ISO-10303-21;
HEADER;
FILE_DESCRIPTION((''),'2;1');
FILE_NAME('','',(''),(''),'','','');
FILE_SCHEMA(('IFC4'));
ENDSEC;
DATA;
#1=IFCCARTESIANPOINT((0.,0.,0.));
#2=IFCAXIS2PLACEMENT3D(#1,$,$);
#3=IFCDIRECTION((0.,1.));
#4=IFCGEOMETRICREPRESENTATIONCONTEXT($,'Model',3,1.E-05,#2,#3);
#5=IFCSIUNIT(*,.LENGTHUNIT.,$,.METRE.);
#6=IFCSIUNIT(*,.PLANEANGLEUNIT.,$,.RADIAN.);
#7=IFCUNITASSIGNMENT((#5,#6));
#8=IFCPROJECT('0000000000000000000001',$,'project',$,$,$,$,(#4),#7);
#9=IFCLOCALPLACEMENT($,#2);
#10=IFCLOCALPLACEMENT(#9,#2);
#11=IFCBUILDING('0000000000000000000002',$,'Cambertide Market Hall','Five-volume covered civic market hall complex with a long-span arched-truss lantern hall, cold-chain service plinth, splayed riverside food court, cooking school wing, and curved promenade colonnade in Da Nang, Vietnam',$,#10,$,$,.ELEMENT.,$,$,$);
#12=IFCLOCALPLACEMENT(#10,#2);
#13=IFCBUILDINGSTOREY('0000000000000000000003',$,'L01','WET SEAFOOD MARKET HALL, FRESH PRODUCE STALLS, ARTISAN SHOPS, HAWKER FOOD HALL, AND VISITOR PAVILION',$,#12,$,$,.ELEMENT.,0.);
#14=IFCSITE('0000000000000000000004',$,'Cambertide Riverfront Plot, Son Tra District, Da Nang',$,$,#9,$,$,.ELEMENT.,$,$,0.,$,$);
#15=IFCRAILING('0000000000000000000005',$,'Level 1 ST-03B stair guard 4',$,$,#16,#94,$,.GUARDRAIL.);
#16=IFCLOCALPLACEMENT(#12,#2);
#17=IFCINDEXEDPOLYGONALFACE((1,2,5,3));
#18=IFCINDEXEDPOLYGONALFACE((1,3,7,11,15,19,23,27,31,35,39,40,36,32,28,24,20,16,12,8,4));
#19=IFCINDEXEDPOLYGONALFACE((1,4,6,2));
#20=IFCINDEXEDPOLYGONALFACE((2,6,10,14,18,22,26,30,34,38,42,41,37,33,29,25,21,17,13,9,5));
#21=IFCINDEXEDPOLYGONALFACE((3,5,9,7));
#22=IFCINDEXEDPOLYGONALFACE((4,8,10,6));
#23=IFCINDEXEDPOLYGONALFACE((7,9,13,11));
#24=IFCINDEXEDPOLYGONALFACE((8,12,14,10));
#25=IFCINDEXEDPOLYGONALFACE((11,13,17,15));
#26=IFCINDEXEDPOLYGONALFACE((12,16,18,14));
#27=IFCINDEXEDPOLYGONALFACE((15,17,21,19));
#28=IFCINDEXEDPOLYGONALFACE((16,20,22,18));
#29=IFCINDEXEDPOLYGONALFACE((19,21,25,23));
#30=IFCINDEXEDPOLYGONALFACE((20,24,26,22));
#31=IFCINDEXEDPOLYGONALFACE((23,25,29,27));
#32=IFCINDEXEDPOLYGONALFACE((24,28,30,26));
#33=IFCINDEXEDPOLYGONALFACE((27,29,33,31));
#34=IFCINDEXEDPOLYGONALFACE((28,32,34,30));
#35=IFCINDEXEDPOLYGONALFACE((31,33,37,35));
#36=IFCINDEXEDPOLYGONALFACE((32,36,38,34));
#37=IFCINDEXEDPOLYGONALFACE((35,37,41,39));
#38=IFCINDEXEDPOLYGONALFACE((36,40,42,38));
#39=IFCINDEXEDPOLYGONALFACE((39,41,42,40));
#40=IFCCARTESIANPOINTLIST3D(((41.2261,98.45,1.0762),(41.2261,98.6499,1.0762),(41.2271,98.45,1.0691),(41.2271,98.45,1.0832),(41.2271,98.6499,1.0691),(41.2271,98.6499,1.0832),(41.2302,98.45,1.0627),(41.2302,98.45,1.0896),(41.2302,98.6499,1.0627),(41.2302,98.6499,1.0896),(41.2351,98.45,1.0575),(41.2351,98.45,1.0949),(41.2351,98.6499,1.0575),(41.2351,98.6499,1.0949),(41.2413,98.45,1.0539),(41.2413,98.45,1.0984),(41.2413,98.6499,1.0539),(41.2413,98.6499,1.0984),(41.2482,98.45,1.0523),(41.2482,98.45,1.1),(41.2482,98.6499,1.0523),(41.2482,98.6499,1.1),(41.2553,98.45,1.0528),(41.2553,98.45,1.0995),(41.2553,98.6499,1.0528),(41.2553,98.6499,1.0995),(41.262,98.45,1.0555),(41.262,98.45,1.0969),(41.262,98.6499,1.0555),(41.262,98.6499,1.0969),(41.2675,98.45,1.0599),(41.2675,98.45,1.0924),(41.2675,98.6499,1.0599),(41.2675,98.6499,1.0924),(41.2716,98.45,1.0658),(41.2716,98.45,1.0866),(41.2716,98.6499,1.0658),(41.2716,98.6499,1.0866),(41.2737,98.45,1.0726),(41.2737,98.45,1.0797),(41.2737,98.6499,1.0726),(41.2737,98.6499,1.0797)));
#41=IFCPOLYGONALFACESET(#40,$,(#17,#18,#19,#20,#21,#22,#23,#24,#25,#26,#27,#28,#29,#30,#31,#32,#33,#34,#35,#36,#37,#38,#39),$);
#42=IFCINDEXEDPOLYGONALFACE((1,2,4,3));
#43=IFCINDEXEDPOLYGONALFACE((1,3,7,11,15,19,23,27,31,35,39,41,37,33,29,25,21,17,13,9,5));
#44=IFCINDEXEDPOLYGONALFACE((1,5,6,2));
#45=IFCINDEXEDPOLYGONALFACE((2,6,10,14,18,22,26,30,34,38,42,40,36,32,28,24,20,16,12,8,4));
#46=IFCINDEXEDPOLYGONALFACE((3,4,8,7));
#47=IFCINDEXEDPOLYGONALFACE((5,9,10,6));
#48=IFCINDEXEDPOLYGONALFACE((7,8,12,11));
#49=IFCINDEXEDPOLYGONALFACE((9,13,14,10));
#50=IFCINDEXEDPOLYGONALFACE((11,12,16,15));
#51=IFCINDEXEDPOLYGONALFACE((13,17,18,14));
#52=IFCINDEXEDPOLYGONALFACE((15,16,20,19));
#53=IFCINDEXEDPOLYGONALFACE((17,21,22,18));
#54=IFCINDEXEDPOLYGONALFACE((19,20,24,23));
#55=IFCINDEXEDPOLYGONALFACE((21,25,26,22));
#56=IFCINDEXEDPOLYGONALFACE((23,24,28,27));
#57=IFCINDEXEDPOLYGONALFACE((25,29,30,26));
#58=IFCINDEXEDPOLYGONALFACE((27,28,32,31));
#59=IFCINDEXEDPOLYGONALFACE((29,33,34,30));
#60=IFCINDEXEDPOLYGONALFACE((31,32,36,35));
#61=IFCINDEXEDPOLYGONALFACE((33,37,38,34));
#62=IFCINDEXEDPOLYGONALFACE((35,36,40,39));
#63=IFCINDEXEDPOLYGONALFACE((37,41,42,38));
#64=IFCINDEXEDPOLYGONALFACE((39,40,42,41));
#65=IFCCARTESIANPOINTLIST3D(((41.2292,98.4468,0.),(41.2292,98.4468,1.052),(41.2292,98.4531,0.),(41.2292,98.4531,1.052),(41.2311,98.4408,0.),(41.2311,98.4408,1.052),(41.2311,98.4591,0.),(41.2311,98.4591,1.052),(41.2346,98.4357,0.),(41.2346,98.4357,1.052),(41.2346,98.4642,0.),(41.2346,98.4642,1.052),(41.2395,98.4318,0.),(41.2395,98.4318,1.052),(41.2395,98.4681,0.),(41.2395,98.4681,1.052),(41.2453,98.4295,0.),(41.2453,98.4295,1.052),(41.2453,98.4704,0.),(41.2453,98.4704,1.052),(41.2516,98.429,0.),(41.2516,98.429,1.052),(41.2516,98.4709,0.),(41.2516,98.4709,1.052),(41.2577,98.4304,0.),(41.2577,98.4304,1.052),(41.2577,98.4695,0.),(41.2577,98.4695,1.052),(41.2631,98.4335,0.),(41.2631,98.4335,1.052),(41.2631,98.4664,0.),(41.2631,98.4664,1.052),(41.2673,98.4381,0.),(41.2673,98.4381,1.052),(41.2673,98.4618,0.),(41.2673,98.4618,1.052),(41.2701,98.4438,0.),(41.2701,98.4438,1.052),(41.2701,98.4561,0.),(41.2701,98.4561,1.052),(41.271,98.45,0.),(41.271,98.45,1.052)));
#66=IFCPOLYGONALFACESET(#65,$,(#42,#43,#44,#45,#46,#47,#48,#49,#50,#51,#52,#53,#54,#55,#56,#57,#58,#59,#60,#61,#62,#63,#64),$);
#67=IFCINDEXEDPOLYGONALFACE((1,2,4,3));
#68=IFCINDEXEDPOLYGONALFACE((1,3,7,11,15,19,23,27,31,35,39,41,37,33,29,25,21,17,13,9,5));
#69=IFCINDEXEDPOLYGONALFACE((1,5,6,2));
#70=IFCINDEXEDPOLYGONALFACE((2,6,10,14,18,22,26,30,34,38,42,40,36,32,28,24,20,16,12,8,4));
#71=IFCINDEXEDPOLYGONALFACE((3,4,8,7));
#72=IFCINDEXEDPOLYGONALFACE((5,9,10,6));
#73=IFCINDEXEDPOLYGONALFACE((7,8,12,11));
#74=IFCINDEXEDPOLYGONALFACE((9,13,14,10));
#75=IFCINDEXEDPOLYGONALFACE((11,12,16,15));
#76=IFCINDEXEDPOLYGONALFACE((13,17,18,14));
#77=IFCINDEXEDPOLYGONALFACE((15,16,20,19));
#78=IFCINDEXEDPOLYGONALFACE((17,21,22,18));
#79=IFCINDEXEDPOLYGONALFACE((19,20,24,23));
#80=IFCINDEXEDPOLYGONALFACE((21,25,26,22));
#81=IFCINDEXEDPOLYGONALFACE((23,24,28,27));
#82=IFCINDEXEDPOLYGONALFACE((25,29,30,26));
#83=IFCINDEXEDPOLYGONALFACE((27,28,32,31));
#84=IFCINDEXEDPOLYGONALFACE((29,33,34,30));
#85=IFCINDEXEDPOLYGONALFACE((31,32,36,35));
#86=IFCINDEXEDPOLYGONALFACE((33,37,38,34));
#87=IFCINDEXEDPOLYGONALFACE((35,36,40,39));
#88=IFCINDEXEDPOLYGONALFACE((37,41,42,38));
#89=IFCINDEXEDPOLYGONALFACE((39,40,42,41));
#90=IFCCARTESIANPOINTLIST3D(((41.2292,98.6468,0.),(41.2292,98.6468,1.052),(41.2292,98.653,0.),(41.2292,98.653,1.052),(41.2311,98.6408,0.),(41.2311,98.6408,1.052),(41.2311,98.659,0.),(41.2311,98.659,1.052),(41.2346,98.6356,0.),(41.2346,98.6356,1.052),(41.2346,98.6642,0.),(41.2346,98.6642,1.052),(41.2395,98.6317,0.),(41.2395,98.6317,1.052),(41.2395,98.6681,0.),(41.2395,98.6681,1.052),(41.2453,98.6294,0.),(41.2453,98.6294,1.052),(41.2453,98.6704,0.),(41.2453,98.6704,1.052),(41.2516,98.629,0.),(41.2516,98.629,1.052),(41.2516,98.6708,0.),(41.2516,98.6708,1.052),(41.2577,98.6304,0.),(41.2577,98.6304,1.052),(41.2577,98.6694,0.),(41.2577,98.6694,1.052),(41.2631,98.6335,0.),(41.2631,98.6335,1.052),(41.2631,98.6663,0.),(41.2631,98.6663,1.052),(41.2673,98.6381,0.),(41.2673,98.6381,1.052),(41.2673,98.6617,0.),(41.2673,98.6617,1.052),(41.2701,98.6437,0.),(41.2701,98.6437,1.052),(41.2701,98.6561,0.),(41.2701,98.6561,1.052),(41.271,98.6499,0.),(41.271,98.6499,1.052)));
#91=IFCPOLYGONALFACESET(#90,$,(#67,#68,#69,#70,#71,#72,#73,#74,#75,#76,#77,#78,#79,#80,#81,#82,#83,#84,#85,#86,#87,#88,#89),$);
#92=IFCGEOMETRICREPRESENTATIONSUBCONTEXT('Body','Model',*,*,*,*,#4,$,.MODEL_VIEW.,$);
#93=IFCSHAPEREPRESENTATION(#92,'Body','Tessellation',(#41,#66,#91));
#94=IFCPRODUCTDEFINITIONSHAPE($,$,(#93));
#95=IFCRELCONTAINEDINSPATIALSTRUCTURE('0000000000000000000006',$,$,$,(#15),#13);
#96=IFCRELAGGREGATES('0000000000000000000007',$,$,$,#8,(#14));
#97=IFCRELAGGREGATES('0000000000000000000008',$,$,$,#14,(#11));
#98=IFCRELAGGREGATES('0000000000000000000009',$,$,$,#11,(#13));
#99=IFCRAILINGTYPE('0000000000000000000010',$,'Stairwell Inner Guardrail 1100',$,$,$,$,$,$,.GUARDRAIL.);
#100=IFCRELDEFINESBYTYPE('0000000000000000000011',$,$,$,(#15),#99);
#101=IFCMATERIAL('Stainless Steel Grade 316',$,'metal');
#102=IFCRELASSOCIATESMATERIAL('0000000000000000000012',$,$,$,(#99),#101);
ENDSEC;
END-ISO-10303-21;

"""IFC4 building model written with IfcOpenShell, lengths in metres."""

from ifc_helpers import new_model, si_unit, direction, frame, origin, origin_2d, place, context, subcontext, project, spatial, circle, extrude, material, type_object, element, save


model = new_model("IFC4")

# Units and contexts
model_context = context("Model", 3, precision=1e-05, world=origin(), true_north=direction((0.0, 1.0)))
body_context = subcontext(model_context, "Body", "Model", "MODEL_VIEW")
ifc_project = project(units=[si_unit("LENGTHUNIT", "METRE"), si_unit("PLANEANGLEUNIT", "RADIAN")], contexts=[model_context])

# Site, building, storey
site_placement = place(None, origin())
site = spatial("IfcSite", under=ifc_project, at=site_placement, Name="Cambertide Riverfront Plot, Son Tra District, Da Nang", CompositionType="ELEMENT", RefElevation=0.0)
building_placement = place(site_placement, origin())
building = spatial("IfcBuilding", under=site, at=building_placement, Name="Cambertide Market Hall", Description="Five-volume covered civic market hall complex with a long-span arched-truss lantern hall, cold-chain service plinth, splayed riverside food court, cooking school wing, and curved promenade colonnade in Da Nang, Vietnam", CompositionType="ELEMENT")
storey_placement = place(building_placement, origin())
storey = spatial("IfcBuildingStorey", under=building, at=storey_placement, Name="L01", Description="WET SEAFOOD MARKET HALL, FRESH PRODUCE STALLS, ARTISAN SHOPS, HAWKER FOOD HALL, AND VISITOR PAVILION", CompositionType="ELEMENT", Elevation=0.0)

# Railing
ifc_material_1 = material(Name="Stainless Steel Grade 316", Category="metal")
railing_type_1 = type_object("IfcRailingType", Name="Stairwell Inner Guardrail 1100", PredefinedType="GUARDRAIL", material=ifc_material_1)
railing_1_placement = place(storey_placement, frame((41.25, 98.45, 0.0)))
element("IfcRailing", 1, at=railing_1_placement, inside=storey, type_object=railing_type_1, Name="Level 1 ST-03B stair guard 4", PredefinedType="GUARDRAIL", context=body_context, shape_type="SweptSolid", body=[
    extrude(circle(Radius=0.0239, at=origin_2d()), frame((0.0, 0.0, 1.0762), z_axis=(0.0, 1.0, 0.0), x_axis=(-1.0, 0.0, 0.0)), (0.0, 0.0, 1.0), 0.2),
    extrude(circle(Radius=0.021, at=origin_2d()), origin(), (0.0, 0.0, 1.0), 1.052),
    extrude(circle(Radius=0.021, at=origin_2d()), frame((0.0, 0.2, 0.0)), (0.0, 0.0, 1.0), 1.052),
])

save(model, "model.ifc")
